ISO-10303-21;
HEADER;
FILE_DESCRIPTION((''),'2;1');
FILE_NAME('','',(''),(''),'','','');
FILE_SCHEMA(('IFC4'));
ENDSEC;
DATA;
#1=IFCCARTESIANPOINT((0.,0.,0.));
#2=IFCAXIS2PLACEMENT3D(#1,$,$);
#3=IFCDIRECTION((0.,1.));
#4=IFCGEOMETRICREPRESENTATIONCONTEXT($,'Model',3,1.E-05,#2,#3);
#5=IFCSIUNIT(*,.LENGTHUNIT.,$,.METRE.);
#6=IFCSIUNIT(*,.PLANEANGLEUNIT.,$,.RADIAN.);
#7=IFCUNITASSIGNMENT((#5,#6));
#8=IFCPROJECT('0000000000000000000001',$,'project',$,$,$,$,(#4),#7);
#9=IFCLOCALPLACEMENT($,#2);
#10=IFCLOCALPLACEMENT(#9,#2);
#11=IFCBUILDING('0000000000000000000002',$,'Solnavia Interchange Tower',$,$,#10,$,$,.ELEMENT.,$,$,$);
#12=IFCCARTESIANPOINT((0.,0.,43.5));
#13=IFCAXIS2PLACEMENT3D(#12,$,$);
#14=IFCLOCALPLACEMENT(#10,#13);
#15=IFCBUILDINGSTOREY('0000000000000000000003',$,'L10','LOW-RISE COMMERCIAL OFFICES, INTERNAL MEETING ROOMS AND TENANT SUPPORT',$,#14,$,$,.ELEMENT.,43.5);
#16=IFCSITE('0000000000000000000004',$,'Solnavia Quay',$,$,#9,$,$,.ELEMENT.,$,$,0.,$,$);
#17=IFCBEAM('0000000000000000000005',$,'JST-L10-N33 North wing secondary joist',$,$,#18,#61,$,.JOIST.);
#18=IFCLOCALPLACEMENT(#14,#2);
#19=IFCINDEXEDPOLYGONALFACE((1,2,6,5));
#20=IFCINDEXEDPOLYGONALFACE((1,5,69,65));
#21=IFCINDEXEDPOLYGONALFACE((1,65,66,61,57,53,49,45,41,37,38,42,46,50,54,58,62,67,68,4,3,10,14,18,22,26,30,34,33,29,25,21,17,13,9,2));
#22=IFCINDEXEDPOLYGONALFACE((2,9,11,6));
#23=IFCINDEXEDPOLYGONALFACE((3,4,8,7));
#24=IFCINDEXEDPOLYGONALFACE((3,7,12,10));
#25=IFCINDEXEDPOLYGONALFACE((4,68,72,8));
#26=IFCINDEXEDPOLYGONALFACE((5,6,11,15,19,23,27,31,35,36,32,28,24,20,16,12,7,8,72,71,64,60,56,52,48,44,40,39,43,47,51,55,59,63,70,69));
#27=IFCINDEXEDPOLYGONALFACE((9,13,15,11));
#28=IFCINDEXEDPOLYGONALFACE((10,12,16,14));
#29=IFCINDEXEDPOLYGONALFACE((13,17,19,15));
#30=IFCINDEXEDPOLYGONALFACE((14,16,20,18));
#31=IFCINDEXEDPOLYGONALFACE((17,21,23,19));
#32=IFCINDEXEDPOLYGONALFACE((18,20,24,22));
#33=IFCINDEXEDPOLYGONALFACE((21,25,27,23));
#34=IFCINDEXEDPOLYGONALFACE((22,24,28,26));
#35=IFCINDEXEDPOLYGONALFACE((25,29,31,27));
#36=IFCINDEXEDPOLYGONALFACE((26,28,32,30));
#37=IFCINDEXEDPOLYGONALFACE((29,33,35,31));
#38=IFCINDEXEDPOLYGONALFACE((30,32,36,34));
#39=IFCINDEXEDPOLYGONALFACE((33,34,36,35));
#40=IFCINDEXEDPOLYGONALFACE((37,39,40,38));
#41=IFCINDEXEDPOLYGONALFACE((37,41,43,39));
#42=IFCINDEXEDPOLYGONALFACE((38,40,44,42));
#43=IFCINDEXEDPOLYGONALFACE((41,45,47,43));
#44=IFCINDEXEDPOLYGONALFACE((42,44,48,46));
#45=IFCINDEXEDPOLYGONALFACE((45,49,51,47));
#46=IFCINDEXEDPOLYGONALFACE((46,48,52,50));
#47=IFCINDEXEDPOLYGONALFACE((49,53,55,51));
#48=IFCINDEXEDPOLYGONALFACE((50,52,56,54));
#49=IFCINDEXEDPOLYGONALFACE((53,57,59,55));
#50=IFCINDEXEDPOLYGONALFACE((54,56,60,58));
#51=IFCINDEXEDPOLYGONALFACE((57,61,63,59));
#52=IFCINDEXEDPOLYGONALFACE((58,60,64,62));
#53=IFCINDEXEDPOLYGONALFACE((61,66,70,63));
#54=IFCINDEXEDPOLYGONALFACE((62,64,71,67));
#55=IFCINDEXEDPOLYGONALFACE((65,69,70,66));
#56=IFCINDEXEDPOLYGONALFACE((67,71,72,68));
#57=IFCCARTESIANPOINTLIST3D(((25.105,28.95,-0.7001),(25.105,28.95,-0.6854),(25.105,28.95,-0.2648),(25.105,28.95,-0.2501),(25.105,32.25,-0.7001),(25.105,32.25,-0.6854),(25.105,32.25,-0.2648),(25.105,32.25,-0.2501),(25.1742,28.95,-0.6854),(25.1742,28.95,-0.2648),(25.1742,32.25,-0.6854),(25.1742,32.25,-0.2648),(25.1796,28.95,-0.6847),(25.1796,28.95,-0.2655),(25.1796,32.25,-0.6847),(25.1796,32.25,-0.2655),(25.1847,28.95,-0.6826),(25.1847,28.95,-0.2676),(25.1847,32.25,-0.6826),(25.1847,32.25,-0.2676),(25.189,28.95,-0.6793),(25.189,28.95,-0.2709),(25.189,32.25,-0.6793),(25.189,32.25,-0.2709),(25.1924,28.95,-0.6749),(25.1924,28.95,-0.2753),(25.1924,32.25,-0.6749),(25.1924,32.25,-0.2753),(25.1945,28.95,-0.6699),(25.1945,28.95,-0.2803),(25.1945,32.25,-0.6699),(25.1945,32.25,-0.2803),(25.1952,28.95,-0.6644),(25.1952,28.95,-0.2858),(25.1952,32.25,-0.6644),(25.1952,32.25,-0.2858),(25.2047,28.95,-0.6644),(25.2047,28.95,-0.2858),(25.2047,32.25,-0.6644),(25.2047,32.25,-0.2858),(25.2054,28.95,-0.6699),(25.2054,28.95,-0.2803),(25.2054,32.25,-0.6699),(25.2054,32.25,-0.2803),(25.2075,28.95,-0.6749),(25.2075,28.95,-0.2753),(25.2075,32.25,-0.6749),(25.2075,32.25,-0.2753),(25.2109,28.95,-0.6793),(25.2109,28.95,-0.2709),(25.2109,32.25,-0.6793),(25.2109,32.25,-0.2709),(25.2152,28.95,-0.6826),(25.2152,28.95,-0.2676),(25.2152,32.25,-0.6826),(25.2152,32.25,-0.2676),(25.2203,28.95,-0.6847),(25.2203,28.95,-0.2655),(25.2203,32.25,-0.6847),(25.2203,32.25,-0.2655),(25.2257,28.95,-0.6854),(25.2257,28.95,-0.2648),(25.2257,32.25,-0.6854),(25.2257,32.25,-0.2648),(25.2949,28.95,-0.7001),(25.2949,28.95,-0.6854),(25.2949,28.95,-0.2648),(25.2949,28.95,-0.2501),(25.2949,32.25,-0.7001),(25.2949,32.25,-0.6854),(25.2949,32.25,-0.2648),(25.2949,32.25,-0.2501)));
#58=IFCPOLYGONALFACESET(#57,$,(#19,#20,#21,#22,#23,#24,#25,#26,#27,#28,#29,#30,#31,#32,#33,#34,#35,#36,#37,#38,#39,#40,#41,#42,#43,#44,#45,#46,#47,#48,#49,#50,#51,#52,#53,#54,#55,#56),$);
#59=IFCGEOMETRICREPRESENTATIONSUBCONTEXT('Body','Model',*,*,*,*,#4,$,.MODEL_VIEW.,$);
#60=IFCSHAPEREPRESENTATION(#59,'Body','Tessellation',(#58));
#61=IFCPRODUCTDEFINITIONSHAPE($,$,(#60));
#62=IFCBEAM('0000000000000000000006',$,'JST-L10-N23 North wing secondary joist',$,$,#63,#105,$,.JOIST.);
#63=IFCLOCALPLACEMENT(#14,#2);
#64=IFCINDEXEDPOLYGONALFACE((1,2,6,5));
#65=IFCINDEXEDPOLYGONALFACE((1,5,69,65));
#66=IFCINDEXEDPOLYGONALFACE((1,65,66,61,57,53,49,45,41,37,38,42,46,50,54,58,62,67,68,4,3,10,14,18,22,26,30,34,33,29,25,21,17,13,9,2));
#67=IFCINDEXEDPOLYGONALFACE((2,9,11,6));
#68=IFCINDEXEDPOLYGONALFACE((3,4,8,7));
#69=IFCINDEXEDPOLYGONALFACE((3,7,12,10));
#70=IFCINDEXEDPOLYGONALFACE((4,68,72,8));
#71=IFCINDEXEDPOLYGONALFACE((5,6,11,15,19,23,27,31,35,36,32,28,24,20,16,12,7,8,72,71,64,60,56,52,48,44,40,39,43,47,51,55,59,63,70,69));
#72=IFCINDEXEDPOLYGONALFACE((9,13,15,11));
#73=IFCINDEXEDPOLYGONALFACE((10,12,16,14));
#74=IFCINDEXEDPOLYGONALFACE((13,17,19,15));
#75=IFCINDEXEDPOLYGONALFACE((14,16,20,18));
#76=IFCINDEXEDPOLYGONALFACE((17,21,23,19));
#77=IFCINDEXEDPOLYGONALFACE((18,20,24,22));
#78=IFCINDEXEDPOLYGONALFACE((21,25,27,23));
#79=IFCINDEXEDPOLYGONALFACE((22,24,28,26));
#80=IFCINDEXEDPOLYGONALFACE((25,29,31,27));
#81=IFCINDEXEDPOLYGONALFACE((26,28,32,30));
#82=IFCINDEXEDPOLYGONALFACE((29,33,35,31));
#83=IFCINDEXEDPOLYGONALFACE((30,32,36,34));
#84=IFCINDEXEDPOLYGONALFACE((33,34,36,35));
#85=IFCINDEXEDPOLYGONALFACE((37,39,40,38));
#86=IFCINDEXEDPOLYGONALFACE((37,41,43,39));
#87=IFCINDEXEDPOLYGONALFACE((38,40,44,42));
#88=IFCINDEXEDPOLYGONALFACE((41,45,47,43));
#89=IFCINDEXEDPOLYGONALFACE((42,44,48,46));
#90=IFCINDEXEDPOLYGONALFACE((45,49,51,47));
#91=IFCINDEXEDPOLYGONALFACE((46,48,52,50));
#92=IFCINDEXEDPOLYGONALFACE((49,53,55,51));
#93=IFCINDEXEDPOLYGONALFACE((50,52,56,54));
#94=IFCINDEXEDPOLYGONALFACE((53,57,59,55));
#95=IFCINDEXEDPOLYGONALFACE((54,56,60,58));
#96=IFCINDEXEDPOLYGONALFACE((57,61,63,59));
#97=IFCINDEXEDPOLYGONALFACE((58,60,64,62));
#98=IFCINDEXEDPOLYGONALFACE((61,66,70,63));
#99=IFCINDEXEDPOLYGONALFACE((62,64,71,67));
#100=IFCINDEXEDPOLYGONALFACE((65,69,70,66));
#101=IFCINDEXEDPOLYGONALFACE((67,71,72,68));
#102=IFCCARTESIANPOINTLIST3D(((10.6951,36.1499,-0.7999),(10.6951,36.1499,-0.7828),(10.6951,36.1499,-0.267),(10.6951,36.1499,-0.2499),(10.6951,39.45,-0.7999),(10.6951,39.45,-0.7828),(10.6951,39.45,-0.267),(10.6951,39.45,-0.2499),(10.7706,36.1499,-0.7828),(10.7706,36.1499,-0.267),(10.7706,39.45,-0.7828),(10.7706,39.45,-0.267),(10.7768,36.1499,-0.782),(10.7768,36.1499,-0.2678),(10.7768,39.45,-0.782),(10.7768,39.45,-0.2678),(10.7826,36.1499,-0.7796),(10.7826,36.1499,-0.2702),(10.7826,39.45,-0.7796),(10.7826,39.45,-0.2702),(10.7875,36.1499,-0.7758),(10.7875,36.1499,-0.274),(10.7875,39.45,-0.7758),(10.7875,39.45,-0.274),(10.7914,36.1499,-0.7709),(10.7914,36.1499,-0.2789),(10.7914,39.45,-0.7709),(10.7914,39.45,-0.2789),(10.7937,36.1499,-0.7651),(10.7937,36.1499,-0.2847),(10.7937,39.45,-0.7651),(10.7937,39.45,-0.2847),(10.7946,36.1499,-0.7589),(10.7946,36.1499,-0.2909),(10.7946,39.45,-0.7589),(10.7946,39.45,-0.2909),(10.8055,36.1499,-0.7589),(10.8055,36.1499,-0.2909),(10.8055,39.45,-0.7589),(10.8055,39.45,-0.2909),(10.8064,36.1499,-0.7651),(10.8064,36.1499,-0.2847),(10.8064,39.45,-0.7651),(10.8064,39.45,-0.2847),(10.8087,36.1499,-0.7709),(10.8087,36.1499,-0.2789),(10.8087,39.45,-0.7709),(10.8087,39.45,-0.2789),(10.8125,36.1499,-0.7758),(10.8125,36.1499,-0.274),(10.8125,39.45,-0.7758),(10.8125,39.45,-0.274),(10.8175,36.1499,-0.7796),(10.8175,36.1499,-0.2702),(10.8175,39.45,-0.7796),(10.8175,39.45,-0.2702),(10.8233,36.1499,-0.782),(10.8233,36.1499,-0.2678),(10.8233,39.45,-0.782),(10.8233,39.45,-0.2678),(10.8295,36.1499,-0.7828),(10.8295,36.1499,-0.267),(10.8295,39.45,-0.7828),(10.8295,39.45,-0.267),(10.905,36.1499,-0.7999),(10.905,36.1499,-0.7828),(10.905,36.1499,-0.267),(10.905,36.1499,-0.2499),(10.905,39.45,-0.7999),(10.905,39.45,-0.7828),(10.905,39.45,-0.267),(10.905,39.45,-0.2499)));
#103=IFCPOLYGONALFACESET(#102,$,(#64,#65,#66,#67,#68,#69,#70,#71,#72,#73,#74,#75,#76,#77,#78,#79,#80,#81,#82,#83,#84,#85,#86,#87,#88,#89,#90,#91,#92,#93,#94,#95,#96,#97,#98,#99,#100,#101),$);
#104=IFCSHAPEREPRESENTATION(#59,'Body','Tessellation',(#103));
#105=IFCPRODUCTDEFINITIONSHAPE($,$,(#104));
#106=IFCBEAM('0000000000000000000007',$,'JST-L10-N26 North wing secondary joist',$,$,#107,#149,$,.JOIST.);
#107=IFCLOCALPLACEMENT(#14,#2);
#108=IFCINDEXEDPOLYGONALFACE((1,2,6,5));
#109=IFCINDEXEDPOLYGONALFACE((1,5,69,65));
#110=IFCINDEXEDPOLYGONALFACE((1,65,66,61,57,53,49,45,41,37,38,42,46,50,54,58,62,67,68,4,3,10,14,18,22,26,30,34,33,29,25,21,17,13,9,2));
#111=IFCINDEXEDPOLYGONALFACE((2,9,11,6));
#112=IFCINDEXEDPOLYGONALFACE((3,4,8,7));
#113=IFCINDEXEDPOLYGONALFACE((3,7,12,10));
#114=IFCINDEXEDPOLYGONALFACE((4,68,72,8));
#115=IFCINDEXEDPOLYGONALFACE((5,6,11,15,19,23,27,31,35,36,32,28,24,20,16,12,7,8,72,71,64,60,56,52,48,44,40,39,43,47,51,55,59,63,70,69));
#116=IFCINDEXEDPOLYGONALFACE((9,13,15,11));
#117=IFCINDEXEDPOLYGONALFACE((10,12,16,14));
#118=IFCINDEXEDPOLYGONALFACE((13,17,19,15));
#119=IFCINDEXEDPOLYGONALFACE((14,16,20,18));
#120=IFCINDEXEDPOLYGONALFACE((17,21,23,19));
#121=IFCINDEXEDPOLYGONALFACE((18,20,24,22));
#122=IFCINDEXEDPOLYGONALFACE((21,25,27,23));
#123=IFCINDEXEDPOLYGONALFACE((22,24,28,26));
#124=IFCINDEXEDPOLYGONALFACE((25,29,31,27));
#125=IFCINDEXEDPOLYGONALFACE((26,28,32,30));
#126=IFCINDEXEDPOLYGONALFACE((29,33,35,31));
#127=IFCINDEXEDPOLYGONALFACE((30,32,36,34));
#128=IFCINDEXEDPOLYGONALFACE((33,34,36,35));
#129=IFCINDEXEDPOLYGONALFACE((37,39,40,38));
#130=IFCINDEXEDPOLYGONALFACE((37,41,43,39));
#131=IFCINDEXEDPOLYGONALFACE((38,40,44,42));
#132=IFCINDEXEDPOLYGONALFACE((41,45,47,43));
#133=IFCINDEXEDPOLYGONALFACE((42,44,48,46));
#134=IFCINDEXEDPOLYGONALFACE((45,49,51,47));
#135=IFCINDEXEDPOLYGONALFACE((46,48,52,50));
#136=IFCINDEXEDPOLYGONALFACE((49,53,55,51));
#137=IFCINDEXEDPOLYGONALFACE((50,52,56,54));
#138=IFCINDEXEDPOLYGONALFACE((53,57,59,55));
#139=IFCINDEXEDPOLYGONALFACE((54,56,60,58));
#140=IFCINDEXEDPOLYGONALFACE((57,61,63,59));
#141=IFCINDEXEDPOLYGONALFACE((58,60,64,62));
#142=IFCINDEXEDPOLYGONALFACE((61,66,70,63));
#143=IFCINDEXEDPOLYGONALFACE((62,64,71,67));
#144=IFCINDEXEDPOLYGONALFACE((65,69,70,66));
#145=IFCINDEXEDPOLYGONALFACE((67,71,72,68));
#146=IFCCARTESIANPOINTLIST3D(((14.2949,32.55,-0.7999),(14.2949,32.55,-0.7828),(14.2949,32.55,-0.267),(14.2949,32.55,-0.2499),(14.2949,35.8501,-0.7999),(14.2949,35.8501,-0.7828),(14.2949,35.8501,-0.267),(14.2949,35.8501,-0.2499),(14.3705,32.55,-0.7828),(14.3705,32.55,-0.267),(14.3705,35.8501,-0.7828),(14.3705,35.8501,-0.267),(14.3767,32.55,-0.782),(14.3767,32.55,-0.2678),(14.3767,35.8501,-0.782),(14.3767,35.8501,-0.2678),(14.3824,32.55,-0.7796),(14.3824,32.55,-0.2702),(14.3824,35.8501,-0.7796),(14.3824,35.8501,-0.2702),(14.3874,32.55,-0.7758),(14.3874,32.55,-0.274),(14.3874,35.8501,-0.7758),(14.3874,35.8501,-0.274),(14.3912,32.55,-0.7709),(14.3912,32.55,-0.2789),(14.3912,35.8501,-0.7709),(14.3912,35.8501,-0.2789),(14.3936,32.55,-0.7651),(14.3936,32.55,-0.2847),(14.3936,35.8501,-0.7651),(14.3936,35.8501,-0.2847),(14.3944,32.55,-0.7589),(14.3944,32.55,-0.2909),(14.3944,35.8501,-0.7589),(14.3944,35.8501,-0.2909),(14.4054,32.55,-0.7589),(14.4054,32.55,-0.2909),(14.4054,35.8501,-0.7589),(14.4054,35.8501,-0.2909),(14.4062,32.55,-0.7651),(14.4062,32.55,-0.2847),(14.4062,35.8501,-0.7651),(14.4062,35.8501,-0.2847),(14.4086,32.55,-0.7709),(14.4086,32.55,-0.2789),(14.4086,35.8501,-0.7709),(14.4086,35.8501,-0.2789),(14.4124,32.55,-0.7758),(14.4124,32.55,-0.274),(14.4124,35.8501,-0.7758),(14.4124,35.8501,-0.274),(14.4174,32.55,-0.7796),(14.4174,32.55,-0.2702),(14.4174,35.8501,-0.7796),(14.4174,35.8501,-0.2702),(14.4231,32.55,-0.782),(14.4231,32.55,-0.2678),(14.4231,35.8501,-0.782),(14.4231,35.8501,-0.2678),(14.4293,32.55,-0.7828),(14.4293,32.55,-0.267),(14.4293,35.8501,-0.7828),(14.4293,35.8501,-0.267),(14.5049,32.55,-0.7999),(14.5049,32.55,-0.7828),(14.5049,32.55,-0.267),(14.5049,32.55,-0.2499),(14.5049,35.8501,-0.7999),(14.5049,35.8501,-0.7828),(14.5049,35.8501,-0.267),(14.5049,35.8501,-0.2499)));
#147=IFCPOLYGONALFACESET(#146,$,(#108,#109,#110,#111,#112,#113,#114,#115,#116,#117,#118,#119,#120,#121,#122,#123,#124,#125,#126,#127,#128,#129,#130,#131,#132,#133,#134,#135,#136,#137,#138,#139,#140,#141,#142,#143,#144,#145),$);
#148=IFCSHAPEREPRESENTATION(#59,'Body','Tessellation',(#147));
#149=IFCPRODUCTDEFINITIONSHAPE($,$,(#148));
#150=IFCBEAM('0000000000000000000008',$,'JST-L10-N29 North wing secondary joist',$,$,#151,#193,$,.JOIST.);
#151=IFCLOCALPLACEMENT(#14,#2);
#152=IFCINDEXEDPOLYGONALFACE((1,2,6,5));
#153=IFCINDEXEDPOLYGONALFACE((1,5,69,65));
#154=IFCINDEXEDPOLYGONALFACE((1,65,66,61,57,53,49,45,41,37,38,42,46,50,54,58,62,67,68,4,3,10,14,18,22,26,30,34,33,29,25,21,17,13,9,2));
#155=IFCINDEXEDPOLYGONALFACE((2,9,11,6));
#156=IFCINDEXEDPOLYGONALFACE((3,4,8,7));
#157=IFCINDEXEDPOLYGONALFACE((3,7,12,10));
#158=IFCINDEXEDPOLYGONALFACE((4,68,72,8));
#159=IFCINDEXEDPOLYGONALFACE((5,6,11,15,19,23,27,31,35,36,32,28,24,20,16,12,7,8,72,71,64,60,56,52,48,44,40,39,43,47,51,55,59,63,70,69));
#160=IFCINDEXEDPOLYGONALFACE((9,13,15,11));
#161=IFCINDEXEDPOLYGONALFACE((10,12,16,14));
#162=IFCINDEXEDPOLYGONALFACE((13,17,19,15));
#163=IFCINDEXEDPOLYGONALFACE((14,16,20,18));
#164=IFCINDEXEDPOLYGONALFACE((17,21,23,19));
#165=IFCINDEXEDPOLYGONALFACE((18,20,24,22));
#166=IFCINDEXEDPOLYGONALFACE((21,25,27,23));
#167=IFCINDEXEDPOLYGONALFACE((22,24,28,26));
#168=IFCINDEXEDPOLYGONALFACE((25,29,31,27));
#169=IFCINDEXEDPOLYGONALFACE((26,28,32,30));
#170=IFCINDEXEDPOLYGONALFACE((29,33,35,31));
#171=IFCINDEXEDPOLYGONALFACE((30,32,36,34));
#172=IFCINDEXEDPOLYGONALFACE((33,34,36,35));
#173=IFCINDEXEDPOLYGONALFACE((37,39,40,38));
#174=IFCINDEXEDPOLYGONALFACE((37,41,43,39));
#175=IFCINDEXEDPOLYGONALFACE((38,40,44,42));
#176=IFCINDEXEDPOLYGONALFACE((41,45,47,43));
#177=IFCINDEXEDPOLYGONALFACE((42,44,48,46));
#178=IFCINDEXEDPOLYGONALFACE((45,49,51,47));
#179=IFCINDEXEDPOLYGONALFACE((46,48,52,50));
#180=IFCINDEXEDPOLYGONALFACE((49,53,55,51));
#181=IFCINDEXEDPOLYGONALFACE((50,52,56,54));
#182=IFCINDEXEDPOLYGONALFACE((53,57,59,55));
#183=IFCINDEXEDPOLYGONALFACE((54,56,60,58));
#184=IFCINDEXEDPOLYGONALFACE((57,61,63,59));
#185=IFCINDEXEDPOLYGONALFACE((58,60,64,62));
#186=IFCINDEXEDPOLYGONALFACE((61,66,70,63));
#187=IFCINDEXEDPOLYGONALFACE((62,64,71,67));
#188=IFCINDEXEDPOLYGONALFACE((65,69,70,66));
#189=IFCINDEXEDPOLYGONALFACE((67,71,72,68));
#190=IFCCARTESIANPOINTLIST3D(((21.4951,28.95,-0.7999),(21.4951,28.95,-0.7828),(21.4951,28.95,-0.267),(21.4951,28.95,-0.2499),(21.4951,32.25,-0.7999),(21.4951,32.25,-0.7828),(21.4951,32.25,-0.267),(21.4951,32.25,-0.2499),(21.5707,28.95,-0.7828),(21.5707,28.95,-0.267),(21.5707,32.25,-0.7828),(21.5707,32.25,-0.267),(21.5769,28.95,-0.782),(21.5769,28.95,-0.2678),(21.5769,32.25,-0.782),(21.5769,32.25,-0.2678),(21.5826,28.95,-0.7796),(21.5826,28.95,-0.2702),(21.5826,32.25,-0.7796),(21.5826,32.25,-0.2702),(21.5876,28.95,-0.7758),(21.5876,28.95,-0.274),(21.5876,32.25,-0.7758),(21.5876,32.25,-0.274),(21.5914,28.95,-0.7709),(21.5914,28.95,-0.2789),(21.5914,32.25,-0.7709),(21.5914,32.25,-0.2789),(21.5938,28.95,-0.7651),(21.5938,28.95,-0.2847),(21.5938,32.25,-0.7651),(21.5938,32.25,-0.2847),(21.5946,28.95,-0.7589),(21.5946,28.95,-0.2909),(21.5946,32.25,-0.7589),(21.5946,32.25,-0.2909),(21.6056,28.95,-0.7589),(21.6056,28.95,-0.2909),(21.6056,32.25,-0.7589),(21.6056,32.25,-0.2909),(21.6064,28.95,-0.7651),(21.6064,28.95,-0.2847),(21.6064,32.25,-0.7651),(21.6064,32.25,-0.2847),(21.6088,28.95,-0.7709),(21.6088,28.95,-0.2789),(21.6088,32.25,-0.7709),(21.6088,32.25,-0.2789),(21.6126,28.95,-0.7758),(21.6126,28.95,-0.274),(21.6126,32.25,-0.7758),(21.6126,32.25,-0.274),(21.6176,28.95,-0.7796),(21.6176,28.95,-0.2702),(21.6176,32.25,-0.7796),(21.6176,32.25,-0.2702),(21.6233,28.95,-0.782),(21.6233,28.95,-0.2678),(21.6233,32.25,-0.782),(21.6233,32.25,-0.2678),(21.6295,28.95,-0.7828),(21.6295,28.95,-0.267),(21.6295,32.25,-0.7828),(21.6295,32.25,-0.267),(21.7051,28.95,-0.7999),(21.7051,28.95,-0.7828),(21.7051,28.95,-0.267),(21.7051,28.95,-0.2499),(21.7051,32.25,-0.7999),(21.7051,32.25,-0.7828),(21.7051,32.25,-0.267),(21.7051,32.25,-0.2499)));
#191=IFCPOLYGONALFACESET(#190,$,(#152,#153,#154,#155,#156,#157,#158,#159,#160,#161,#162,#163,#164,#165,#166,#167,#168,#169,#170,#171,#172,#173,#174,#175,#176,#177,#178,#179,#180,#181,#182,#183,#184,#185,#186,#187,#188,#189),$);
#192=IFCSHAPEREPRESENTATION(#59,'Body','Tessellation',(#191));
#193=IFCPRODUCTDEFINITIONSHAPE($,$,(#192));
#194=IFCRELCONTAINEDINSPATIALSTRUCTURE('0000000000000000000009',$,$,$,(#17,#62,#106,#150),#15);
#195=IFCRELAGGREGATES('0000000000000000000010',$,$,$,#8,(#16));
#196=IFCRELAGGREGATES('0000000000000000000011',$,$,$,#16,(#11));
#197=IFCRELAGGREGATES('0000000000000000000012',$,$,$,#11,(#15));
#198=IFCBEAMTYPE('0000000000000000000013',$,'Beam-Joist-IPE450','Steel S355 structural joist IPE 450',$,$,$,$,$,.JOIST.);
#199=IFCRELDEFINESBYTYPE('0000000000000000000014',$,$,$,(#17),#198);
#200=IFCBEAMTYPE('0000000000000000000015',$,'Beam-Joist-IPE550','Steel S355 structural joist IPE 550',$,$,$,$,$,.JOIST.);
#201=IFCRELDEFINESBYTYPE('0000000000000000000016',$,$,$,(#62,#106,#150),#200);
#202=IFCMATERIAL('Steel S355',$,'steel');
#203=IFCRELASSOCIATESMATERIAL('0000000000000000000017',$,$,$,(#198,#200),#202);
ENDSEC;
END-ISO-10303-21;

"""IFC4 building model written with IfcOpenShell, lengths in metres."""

from ifc_helpers import new_model, si_unit, direction, frame, origin, origin_2d, place, context, subcontext, project, spatial, i_section, extrude, material, material_profile, profile_set, type_object, element, save


model = new_model("IFC4")

# Units and contexts
model_context = context("Model", 3, precision=1e-05, world=origin(), true_north=direction((0.0, 1.0)))
body_context = subcontext(model_context, "Body", "Model", "MODEL_VIEW")
ifc_project = project(units=[si_unit("LENGTHUNIT", "METRE"), si_unit("PLANEANGLEUNIT", "RADIAN")], contexts=[model_context])

# Site, building, storey
site_placement = place(None, origin())
site = spatial("IfcSite", under=ifc_project, at=site_placement, Name="Solnavia Quay", CompositionType="ELEMENT", RefElevation=0.0)
building_placement = place(site_placement, origin())
building = spatial("IfcBuilding", under=site, at=building_placement, Name="Solnavia Interchange Tower", CompositionType="ELEMENT")
storey_placement = place(building_placement, frame((0.0, 0.0, 43.5)))
storey = spatial("IfcBuildingStorey", under=building, at=storey_placement, Name="L10", Description="LOW-RISE COMMERCIAL OFFICES, INTERNAL MEETING ROOMS AND TENANT SUPPORT", CompositionType="ELEMENT", Elevation=43.5)

# Shared definitions
ifc_material_1 = material(Name="Steel S355", Category="steel")

# Beams
ifc_material_profile_1 = material_profile(ifc_material_1, i_section(OverallWidth=0.1899, OverallDepth=0.45, WebThickness=0.0095, FlangeThickness=0.0146, FilletRadius=0.021, at=origin_2d()), Name="IPE 450")
ifc_profile_set_1 = profile_set([ifc_material_profile_1], Name="Steel S355")
beam_type_1 = type_object("IfcBeamType", Name="Beam-Joist-IPE450", Description="Steel S355 structural joist IPE 450", PredefinedType="JOIST", material=ifc_profile_set_1)
for number, where, z_axis, x_axis, name in (
    (1, (25.2, 28.95, -0.4751), (0.0, 1.0, 0.0), (-1.0, 0.0, 0.0), "JST-L10-N33 North wing secondary joist"),
):
    element("IfcBeam", number, at=place(storey_placement, frame(where, z_axis=z_axis, x_axis=x_axis)), inside=storey, type_object=beam_type_1, Name=name, PredefinedType="JOIST", context=body_context, shape_type="SweptSolid", body=[
        extrude(i_section(OverallWidth=0.1899, OverallDepth=0.45, WebThickness=0.0095, FlangeThickness=0.0146, FilletRadius=0.021, at=origin_2d()), origin(), (0.0, 0.0, 1.0), 3.3),
    ])
ifc_material_profile_2 = material_profile(ifc_material_1, i_section(OverallWidth=0.21, OverallDepth=0.55, WebThickness=0.011, FlangeThickness=0.0171, FilletRadius=0.0239, at=origin_2d()), Name="IPE 550")
ifc_profile_set_2 = profile_set([ifc_material_profile_2], Name="Steel S355")
beam_type_2 = type_object("IfcBeamType", Name="Beam-Joist-IPE550", Description="Steel S355 structural joist IPE 550", PredefinedType="JOIST", material=ifc_profile_set_2)
for number, where, z_axis, x_axis, name in (
    (2, (10.8, 36.1499, -0.5249), (0.0, 1.0, 0.0), (-1.0, 0.0, 0.0), "JST-L10-N23 North wing secondary joist"),
    (3, (14.3999, 32.55, -0.5249), (0.0, 1.0, 0.0), (-1.0, 0.0, 0.0), "JST-L10-N26 North wing secondary joist"),
    (4, (21.6001, 28.95, -0.5249), (0.0, 1.0, 0.0), (-1.0, 0.0, 0.0), "JST-L10-N29 North wing secondary joist"),
):
    element("IfcBeam", number, at=place(storey_placement, frame(where, z_axis=z_axis, x_axis=x_axis)), inside=storey, type_object=beam_type_2, Name=name, PredefinedType="JOIST", context=body_context, shape_type="SweptSolid", body=[
        extrude(i_section(OverallWidth=0.21, OverallDepth=0.55, WebThickness=0.011, FlangeThickness=0.0171, FilletRadius=0.0239, at=origin_2d()), origin(), (0.0, 0.0, 1.0), 3.3),
    ])

save(model, "model.ifc")
